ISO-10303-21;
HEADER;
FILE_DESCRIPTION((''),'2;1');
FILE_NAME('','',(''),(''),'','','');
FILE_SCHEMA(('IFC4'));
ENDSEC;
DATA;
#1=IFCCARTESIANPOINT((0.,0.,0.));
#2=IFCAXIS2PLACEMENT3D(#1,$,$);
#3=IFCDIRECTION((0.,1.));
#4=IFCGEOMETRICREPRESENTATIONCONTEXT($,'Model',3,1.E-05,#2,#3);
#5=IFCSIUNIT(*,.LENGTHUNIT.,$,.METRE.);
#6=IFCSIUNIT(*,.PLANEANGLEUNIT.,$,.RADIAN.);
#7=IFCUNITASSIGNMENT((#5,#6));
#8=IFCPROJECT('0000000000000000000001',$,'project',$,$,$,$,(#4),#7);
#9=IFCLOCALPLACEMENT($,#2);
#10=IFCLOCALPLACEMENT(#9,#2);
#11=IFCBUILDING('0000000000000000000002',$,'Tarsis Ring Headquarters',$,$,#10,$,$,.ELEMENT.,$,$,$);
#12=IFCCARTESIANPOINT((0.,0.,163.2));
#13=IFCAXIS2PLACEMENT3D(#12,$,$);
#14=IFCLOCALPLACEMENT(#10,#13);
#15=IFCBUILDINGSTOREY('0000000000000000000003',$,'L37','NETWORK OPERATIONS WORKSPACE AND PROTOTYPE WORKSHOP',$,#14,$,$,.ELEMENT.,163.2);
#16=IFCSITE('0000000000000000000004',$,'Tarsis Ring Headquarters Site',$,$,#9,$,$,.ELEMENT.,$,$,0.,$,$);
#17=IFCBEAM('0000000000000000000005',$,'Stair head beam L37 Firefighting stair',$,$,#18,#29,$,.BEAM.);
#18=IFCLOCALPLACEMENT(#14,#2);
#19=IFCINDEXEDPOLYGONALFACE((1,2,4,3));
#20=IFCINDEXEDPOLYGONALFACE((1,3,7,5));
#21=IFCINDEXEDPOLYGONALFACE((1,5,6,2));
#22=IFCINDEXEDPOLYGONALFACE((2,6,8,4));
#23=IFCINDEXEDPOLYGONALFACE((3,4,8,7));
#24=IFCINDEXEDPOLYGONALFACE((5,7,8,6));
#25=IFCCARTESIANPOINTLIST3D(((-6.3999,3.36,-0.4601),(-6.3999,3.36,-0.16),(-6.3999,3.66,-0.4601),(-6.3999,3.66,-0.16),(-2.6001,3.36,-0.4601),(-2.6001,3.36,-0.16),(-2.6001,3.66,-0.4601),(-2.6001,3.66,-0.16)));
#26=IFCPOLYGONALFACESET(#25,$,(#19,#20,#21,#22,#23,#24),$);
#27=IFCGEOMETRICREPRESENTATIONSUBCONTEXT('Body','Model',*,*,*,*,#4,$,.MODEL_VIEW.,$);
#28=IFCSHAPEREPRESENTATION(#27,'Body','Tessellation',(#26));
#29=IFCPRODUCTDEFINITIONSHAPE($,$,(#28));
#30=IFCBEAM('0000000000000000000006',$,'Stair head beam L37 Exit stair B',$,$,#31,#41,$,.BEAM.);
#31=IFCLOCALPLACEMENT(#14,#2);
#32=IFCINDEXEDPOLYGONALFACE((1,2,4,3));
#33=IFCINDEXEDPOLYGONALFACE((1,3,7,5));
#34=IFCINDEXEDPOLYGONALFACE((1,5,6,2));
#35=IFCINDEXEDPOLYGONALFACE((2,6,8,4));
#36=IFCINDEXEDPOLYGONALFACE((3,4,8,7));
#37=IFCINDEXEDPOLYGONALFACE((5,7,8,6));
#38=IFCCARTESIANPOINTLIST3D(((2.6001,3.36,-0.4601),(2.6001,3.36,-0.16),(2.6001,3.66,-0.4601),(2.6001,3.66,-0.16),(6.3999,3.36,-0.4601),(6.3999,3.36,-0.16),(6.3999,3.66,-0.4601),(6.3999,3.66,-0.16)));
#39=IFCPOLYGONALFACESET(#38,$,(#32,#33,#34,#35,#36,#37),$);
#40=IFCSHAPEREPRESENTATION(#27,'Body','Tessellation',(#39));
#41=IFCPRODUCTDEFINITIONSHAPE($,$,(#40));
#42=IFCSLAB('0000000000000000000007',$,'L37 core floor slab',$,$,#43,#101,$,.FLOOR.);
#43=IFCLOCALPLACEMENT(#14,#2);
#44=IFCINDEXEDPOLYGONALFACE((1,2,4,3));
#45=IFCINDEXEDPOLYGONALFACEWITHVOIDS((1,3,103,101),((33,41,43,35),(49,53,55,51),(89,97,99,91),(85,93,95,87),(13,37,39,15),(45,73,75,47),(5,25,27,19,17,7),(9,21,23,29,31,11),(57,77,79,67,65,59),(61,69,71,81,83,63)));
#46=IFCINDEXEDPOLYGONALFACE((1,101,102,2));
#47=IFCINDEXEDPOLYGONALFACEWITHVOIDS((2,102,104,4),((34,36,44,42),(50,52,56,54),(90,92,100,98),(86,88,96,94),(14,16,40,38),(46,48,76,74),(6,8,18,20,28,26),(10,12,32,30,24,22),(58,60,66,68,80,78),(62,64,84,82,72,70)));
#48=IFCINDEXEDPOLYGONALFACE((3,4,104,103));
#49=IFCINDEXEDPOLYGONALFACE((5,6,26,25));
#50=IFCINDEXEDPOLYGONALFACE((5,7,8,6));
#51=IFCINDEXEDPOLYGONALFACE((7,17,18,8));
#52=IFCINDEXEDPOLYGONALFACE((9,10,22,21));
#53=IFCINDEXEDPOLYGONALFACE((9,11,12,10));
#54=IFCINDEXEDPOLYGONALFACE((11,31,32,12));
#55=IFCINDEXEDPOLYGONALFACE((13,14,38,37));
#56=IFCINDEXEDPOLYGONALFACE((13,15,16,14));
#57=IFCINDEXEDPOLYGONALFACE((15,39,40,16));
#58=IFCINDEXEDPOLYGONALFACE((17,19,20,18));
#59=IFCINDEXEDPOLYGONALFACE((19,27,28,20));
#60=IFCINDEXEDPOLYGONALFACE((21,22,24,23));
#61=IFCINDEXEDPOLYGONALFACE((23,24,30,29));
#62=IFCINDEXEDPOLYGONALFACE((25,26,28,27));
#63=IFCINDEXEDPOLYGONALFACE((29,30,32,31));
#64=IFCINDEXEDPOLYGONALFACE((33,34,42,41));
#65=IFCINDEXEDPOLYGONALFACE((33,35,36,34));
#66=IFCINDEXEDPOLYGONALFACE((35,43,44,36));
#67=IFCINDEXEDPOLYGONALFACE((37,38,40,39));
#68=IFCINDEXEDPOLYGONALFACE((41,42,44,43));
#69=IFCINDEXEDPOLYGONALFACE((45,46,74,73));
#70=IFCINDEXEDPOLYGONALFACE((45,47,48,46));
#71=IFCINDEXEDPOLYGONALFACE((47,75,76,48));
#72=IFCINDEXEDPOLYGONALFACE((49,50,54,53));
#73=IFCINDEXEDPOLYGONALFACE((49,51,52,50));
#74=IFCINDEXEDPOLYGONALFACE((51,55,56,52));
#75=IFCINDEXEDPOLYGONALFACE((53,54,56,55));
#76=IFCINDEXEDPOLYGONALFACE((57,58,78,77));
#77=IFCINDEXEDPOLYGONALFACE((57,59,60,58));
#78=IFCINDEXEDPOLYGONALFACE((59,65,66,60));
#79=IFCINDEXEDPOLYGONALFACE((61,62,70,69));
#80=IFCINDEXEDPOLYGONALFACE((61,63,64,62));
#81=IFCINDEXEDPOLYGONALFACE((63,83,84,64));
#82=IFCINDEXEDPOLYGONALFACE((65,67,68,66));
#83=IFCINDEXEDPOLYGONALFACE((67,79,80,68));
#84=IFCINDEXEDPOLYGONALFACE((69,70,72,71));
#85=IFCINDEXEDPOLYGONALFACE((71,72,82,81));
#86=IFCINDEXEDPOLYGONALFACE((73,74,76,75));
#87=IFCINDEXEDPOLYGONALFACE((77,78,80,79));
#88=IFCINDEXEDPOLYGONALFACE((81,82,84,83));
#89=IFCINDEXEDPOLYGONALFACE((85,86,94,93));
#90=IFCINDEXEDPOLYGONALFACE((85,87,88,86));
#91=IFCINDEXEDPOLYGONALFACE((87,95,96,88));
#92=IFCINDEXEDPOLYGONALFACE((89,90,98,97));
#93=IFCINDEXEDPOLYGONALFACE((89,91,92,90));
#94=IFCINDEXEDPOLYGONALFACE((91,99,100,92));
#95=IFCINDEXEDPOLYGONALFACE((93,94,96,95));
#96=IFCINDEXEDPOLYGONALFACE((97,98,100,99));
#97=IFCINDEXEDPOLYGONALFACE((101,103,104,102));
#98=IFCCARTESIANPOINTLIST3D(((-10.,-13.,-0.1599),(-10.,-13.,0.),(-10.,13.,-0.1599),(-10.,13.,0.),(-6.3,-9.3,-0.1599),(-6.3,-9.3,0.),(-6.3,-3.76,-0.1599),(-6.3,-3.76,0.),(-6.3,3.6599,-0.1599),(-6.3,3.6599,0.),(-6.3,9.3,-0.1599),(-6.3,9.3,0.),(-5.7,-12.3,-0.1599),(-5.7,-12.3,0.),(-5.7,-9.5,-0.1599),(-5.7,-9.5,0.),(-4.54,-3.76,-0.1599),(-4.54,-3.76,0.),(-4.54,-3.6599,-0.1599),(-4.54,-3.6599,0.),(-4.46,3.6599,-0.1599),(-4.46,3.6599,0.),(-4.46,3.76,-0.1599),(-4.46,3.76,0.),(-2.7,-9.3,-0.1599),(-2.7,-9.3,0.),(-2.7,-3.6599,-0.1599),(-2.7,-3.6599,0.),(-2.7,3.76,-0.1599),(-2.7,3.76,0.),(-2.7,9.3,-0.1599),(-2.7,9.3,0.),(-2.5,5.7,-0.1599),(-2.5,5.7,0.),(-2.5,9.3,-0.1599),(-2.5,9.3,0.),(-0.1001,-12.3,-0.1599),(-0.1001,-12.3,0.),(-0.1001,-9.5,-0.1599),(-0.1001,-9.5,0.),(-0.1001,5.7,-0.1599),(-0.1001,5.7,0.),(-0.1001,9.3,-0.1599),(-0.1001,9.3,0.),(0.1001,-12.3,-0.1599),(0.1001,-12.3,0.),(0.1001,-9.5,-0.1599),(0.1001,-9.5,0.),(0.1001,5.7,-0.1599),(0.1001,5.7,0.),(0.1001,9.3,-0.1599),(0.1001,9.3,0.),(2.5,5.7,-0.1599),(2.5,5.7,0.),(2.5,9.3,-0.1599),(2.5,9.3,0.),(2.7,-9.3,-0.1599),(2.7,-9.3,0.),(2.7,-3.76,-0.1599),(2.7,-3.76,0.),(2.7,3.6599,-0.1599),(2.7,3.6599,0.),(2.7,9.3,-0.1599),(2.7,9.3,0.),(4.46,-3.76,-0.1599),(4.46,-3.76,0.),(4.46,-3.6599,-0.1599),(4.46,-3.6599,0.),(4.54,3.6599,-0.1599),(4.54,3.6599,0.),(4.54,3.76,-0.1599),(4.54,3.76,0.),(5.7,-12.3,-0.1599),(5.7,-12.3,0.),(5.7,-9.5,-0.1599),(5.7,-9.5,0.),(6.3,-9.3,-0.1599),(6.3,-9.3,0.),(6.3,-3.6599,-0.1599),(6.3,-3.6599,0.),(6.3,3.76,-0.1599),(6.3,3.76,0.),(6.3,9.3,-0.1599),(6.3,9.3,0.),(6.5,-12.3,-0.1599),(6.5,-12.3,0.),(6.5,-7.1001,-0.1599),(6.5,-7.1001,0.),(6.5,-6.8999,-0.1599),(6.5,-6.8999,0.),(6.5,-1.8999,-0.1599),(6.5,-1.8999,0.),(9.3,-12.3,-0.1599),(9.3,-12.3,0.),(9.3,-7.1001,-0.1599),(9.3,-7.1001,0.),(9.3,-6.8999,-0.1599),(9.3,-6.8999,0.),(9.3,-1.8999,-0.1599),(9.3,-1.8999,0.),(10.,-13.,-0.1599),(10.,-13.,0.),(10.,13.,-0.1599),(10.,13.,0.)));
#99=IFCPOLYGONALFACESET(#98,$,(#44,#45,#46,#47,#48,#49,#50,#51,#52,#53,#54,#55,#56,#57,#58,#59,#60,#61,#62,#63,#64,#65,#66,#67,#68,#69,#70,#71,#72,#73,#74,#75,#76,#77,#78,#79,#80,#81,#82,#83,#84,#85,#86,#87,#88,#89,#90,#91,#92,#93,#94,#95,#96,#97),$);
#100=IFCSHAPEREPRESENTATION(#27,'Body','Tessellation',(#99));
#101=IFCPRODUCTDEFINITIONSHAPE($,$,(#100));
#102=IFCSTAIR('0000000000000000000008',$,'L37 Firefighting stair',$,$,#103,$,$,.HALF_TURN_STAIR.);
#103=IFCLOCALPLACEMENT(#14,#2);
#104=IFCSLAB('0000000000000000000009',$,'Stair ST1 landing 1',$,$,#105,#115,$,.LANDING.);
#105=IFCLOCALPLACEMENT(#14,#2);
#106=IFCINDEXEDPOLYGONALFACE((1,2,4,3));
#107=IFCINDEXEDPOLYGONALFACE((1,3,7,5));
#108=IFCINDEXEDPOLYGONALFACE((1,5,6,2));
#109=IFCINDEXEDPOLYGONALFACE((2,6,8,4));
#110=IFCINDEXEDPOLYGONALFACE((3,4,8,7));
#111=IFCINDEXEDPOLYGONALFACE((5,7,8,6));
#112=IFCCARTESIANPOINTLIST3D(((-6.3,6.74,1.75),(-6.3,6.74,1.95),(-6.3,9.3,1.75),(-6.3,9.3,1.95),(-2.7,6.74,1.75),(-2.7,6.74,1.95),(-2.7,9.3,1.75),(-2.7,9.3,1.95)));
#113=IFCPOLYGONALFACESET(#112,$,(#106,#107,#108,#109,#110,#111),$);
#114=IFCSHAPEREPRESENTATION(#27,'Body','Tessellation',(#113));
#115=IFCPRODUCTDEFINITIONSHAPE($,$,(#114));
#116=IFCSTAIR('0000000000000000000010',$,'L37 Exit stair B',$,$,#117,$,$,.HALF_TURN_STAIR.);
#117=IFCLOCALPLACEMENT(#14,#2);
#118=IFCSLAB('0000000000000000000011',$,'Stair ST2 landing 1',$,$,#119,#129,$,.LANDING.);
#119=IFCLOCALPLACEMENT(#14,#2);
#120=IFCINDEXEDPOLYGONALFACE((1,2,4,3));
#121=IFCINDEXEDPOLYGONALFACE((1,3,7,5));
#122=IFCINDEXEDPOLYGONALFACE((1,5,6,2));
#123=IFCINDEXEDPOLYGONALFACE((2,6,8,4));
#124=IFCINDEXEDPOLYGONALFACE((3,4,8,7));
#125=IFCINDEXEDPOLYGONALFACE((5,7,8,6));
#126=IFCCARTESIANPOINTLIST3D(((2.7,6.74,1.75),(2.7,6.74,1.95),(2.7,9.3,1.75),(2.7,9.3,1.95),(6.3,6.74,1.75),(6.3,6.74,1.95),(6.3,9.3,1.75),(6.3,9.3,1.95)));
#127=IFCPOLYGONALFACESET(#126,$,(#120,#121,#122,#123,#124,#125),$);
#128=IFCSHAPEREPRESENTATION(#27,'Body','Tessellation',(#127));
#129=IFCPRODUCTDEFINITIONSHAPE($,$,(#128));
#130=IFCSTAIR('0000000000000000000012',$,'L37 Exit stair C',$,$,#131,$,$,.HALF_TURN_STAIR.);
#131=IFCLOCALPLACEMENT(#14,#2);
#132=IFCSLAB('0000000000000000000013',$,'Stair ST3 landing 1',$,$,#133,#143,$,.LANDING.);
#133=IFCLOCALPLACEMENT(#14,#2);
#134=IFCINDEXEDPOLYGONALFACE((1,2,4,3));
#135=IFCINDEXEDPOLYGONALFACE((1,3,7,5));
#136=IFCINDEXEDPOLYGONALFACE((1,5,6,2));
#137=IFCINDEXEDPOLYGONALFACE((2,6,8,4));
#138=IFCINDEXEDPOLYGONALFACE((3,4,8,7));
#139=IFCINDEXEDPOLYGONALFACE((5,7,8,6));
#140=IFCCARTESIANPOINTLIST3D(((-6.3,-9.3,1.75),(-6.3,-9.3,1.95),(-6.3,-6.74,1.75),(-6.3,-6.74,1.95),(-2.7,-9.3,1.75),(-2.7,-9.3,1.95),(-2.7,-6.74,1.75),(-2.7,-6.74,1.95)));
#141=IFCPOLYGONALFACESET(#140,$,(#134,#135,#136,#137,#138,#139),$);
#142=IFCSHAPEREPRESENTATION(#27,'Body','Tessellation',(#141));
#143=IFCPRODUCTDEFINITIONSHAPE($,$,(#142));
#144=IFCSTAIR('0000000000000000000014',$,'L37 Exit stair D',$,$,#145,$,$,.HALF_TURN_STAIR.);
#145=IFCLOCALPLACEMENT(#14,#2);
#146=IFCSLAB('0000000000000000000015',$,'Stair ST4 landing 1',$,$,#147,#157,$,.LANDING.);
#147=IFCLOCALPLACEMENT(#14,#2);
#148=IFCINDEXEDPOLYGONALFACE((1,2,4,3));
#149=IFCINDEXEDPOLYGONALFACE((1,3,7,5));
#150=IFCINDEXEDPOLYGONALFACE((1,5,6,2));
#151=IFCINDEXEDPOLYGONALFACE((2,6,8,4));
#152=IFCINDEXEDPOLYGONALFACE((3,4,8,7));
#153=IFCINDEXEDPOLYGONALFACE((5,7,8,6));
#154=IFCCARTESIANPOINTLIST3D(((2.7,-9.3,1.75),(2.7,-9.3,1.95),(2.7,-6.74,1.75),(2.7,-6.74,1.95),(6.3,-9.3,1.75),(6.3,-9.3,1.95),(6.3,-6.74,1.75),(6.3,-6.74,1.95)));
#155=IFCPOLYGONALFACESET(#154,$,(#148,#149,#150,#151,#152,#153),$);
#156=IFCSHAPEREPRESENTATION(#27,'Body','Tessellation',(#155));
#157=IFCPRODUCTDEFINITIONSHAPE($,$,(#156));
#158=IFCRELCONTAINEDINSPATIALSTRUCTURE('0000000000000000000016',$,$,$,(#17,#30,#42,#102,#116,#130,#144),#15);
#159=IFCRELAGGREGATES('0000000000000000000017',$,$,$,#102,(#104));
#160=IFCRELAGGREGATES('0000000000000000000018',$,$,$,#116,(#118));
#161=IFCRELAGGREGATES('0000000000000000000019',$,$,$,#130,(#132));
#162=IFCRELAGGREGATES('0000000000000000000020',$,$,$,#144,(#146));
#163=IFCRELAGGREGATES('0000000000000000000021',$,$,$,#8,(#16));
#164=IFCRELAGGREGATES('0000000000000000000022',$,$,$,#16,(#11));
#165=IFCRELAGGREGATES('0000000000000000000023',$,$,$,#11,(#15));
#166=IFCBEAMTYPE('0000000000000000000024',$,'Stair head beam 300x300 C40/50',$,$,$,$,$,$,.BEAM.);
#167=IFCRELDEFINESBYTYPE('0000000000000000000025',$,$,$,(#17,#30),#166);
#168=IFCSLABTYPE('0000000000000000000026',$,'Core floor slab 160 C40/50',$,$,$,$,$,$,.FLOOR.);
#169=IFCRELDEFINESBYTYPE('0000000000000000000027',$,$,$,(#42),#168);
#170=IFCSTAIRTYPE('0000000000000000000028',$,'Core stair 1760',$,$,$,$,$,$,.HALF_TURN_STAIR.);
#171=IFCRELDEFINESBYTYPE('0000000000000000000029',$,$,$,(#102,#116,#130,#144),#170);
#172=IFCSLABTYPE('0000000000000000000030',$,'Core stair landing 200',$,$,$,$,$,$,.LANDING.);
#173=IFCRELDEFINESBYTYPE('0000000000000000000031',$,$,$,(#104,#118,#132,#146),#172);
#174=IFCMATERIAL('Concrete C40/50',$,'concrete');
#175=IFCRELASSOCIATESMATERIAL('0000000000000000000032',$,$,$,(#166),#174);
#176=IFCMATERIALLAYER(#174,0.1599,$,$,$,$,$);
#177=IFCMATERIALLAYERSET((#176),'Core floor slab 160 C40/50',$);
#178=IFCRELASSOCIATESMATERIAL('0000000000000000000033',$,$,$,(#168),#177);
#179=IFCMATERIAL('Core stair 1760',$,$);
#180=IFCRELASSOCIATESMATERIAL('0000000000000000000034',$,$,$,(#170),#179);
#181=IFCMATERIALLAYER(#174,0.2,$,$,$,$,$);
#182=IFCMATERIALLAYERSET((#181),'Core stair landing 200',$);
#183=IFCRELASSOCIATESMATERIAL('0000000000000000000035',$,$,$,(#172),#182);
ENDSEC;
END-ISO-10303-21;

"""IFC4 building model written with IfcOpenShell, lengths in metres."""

from ifc_helpers import new_model, si_unit, direction, frame, origin, origin_2d, place, context, subcontext, project, spatial, polyline, rectangle, outline, extrude, material, layer, layer_set, material_profile, profile_set, type_object, element, aggregate, save


model = new_model("IFC4")

# Units and contexts
model_context = context("Model", 3, precision=1e-05, world=origin(), true_north=direction((0.0, 1.0)))
body_context = subcontext(model_context, "Body", "Model", "MODEL_VIEW")
ifc_project = project(units=[si_unit("LENGTHUNIT", "METRE"), si_unit("PLANEANGLEUNIT", "RADIAN")], contexts=[model_context])

# Site, building, storey
site_placement = place(None, origin())
site = spatial("IfcSite", under=ifc_project, at=site_placement, Name="Tarsis Ring Headquarters Site", CompositionType="ELEMENT", RefElevation=0.0)
building_placement = place(site_placement, origin())
building = spatial("IfcBuilding", under=site, at=building_placement, Name="Tarsis Ring Headquarters", CompositionType="ELEMENT")
storey_placement = place(building_placement, frame((0.0, 0.0, 163.2)))
storey = spatial("IfcBuildingStorey", under=building, at=storey_placement, Name="L37", Description="NETWORK OPERATIONS WORKSPACE AND PROTOTYPE WORKSHOP", CompositionType="ELEMENT", Elevation=163.2)

# Beams
ifc_material_1 = material(Name="Concrete C40/50", Category="concrete")
ifc_material_profile = material_profile(ifc_material_1, rectangle(XDim=0.3, YDim=0.3, at=origin_2d()), Name="Stair head beam 300x300 C40/50")
ifc_profile_set = profile_set([ifc_material_profile], Name="Concrete C40/50")
beam_type = type_object("IfcBeamType", Name="Stair head beam 300x300 C40/50", PredefinedType="BEAM", material=ifc_profile_set)
for number, where, z_axis, x_axis, name in (
    (1, (-6.3999, 3.51, -0.3101), (1.0, 0.0, 0.0), (0.0, 1.0, 0.0), "Stair head beam L37 Firefighting stair"),
    (2, (2.6001, 3.51, -0.3101), (1.0, 0.0, 0.0), (0.0, 1.0, 0.0), "Stair head beam L37 Exit stair B"),
):
    element("IfcBeam", number, at=place(storey_placement, frame(where, z_axis=z_axis, x_axis=x_axis)), inside=storey, type_object=beam_type, Name=name, PredefinedType="BEAM", context=body_context, shape_type="SweptSolid", body=[
        extrude(rectangle(XDim=0.3, YDim=0.3, at=origin_2d()), origin(), (0.0, 0.0, 1.0), 3.7998),
    ])

# Slab
ifc_layer_1 = layer(ifc_material_1, 0.1599)
ifc_layer_set_1 = layer_set([ifc_layer_1], Name="Core floor slab 160 C40/50")
slab_type_1 = type_object("IfcSlabType", Name="Core floor slab 160 C40/50", PredefinedType="FLOOR", material=ifc_layer_set_1)
slab_1_placement = place(storey_placement, frame((0.0, 0.0, -0.1599)))
element("IfcSlab", 3, at=slab_1_placement, inside=storey, type_object=slab_type_1, Name="L37 core floor slab", PredefinedType="FLOOR", context=body_context, shape_type="SweptSolid", body=[
    extrude(outline(polyline([(-10.0, -13.0), (10.0, -13.0), (10.0, 13.0), (-10.0, 13.0), (-10.0, -13.0)]), holes=[polyline([(-2.5, 5.7), (-0.1001, 5.7), (-0.1001, 9.3), (-2.5, 9.3), (-2.5, 5.7)]), polyline([(0.1001, 5.7), (2.5, 5.7), (2.5, 9.3), (0.1001, 9.3), (0.1001, 5.7)]), polyline([(6.5, -12.3), (9.3, -12.3), (9.3, -7.1001), (6.5, -7.1001), (6.5, -12.3)]), polyline([(6.5, -6.8999), (9.3, -6.8999), (9.3, -1.8999), (6.5, -1.8999), (6.5, -6.8999)]), polyline([(-5.7, -12.3), (-0.1001, -12.3), (-0.1001, -9.5), (-5.7, -9.5), (-5.7, -12.3)]), polyline([(0.1001, -12.3), (5.7, -12.3), (5.7, -9.5), (0.1001, -9.5), (0.1001, -12.3)]), polyline([(-2.7, 3.76), (-2.7, 9.3), (-6.3, 9.3), (-6.3, 3.6599), (-4.46, 3.6599), (-4.46, 3.76), (-2.7, 3.76)]), polyline([(6.3, 3.76), (6.3, 9.3), (2.7, 9.3), (2.7, 3.6599), (4.54, 3.6599), (4.54, 3.76), (6.3, 3.76)]), polyline([(-6.3, -3.76), (-6.3, -9.3), (-2.7, -9.3), (-2.7, -3.6599), (-4.54, -3.6599), (-4.54, -3.76), (-6.3, -3.76)]), polyline([(2.7, -3.76), (2.7, -9.3), (6.3, -9.3), (6.3, -3.6599), (4.46, -3.6599), (4.46, -3.76), (2.7, -3.76)])]), origin(), (0.0, 0.0, 1.0), 0.1599),
])

# Stairs, slabs
ifc_material_2 = material(Name="Core stair 1760")
stair_type = type_object("IfcStairType", Name="Core stair 1760", PredefinedType="HALF_TURN_STAIR", material=ifc_material_2)
stair_1_placement = place(storey_placement, origin())
stair_1 = element("IfcStair", 4, at=stair_1_placement, inside=storey, type_object=stair_type, Name="L37 Firefighting stair", PredefinedType="HALF_TURN_STAIR")
ifc_layer_2 = layer(ifc_material_1, 0.2)
ifc_layer_set_2 = layer_set([ifc_layer_2], Name="Core stair landing 200")
slab_type_2 = type_object("IfcSlabType", Name="Core stair landing 200", PredefinedType="LANDING", material=ifc_layer_set_2)
slab_2_placement = place(storey_placement, frame((0.0, 0.0, 1.75)))
slab_2 = element("IfcSlab", 5, at=slab_2_placement, type_object=slab_type_2, Name="Stair ST1 landing 1", PredefinedType="LANDING", context=body_context, shape_type="SweptSolid", body=[
    extrude(outline(polyline([(-2.7, 6.74), (-2.7, 9.3), (-6.3, 9.3), (-6.3, 6.74), (-2.7, 6.74)])), origin(), (0.0, 0.0, 1.0), 0.2),
])
aggregate(stair_1, [slab_2])
stair_2_placement = place(storey_placement, origin())
stair_2 = element("IfcStair", 6, at=stair_2_placement, inside=storey, type_object=stair_type, Name="L37 Exit stair B", PredefinedType="HALF_TURN_STAIR")
slab_3_placement = place(storey_placement, frame((0.0, 0.0, 1.75)))
slab_3 = element("IfcSlab", 7, at=slab_3_placement, type_object=slab_type_2, Name="Stair ST2 landing 1", PredefinedType="LANDING", context=body_context, shape_type="SweptSolid", body=[
    extrude(outline(polyline([(6.3, 6.74), (6.3, 9.3), (2.7, 9.3), (2.7, 6.74), (6.3, 6.74)])), origin(), (0.0, 0.0, 1.0), 0.2),
])
aggregate(stair_2, [slab_3])
stair_3_placement = place(storey_placement, origin())
stair_3 = element("IfcStair", 8, at=stair_3_placement, inside=storey, type_object=stair_type, Name="L37 Exit stair C", PredefinedType="HALF_TURN_STAIR")
slab_4_placement = place(storey_placement, frame((0.0, 0.0, 1.75)))
slab_4 = element("IfcSlab", 9, at=slab_4_placement, type_object=slab_type_2, Name="Stair ST3 landing 1", PredefinedType="LANDING", context=body_context, shape_type="SweptSolid", body=[
    extrude(outline(polyline([(-6.3, -6.74), (-6.3, -9.3), (-2.7, -9.3), (-2.7, -6.74), (-6.3, -6.74)])), origin(), (0.0, 0.0, 1.0), 0.2),
])
aggregate(stair_3, [slab_4])
stair_4_placement = place(storey_placement, origin())
stair_4 = element("IfcStair", 10, at=stair_4_placement, inside=storey, type_object=stair_type, Name="L37 Exit stair D", PredefinedType="HALF_TURN_STAIR")
slab_5_placement = place(storey_placement, frame((0.0, 0.0, 1.75)))
slab_5 = element("IfcSlab", 11, at=slab_5_placement, type_object=slab_type_2, Name="Stair ST4 landing 1", PredefinedType="LANDING", context=body_context, shape_type="SweptSolid", body=[
    extrude(outline(polyline([(2.7, -6.74), (2.7, -9.3), (6.3, -9.3), (6.3, -6.74), (2.7, -6.74)])), origin(), (0.0, 0.0, 1.0), 0.2),
])
aggregate(stair_4, [slab_5])

save(model, "model.ifc")
